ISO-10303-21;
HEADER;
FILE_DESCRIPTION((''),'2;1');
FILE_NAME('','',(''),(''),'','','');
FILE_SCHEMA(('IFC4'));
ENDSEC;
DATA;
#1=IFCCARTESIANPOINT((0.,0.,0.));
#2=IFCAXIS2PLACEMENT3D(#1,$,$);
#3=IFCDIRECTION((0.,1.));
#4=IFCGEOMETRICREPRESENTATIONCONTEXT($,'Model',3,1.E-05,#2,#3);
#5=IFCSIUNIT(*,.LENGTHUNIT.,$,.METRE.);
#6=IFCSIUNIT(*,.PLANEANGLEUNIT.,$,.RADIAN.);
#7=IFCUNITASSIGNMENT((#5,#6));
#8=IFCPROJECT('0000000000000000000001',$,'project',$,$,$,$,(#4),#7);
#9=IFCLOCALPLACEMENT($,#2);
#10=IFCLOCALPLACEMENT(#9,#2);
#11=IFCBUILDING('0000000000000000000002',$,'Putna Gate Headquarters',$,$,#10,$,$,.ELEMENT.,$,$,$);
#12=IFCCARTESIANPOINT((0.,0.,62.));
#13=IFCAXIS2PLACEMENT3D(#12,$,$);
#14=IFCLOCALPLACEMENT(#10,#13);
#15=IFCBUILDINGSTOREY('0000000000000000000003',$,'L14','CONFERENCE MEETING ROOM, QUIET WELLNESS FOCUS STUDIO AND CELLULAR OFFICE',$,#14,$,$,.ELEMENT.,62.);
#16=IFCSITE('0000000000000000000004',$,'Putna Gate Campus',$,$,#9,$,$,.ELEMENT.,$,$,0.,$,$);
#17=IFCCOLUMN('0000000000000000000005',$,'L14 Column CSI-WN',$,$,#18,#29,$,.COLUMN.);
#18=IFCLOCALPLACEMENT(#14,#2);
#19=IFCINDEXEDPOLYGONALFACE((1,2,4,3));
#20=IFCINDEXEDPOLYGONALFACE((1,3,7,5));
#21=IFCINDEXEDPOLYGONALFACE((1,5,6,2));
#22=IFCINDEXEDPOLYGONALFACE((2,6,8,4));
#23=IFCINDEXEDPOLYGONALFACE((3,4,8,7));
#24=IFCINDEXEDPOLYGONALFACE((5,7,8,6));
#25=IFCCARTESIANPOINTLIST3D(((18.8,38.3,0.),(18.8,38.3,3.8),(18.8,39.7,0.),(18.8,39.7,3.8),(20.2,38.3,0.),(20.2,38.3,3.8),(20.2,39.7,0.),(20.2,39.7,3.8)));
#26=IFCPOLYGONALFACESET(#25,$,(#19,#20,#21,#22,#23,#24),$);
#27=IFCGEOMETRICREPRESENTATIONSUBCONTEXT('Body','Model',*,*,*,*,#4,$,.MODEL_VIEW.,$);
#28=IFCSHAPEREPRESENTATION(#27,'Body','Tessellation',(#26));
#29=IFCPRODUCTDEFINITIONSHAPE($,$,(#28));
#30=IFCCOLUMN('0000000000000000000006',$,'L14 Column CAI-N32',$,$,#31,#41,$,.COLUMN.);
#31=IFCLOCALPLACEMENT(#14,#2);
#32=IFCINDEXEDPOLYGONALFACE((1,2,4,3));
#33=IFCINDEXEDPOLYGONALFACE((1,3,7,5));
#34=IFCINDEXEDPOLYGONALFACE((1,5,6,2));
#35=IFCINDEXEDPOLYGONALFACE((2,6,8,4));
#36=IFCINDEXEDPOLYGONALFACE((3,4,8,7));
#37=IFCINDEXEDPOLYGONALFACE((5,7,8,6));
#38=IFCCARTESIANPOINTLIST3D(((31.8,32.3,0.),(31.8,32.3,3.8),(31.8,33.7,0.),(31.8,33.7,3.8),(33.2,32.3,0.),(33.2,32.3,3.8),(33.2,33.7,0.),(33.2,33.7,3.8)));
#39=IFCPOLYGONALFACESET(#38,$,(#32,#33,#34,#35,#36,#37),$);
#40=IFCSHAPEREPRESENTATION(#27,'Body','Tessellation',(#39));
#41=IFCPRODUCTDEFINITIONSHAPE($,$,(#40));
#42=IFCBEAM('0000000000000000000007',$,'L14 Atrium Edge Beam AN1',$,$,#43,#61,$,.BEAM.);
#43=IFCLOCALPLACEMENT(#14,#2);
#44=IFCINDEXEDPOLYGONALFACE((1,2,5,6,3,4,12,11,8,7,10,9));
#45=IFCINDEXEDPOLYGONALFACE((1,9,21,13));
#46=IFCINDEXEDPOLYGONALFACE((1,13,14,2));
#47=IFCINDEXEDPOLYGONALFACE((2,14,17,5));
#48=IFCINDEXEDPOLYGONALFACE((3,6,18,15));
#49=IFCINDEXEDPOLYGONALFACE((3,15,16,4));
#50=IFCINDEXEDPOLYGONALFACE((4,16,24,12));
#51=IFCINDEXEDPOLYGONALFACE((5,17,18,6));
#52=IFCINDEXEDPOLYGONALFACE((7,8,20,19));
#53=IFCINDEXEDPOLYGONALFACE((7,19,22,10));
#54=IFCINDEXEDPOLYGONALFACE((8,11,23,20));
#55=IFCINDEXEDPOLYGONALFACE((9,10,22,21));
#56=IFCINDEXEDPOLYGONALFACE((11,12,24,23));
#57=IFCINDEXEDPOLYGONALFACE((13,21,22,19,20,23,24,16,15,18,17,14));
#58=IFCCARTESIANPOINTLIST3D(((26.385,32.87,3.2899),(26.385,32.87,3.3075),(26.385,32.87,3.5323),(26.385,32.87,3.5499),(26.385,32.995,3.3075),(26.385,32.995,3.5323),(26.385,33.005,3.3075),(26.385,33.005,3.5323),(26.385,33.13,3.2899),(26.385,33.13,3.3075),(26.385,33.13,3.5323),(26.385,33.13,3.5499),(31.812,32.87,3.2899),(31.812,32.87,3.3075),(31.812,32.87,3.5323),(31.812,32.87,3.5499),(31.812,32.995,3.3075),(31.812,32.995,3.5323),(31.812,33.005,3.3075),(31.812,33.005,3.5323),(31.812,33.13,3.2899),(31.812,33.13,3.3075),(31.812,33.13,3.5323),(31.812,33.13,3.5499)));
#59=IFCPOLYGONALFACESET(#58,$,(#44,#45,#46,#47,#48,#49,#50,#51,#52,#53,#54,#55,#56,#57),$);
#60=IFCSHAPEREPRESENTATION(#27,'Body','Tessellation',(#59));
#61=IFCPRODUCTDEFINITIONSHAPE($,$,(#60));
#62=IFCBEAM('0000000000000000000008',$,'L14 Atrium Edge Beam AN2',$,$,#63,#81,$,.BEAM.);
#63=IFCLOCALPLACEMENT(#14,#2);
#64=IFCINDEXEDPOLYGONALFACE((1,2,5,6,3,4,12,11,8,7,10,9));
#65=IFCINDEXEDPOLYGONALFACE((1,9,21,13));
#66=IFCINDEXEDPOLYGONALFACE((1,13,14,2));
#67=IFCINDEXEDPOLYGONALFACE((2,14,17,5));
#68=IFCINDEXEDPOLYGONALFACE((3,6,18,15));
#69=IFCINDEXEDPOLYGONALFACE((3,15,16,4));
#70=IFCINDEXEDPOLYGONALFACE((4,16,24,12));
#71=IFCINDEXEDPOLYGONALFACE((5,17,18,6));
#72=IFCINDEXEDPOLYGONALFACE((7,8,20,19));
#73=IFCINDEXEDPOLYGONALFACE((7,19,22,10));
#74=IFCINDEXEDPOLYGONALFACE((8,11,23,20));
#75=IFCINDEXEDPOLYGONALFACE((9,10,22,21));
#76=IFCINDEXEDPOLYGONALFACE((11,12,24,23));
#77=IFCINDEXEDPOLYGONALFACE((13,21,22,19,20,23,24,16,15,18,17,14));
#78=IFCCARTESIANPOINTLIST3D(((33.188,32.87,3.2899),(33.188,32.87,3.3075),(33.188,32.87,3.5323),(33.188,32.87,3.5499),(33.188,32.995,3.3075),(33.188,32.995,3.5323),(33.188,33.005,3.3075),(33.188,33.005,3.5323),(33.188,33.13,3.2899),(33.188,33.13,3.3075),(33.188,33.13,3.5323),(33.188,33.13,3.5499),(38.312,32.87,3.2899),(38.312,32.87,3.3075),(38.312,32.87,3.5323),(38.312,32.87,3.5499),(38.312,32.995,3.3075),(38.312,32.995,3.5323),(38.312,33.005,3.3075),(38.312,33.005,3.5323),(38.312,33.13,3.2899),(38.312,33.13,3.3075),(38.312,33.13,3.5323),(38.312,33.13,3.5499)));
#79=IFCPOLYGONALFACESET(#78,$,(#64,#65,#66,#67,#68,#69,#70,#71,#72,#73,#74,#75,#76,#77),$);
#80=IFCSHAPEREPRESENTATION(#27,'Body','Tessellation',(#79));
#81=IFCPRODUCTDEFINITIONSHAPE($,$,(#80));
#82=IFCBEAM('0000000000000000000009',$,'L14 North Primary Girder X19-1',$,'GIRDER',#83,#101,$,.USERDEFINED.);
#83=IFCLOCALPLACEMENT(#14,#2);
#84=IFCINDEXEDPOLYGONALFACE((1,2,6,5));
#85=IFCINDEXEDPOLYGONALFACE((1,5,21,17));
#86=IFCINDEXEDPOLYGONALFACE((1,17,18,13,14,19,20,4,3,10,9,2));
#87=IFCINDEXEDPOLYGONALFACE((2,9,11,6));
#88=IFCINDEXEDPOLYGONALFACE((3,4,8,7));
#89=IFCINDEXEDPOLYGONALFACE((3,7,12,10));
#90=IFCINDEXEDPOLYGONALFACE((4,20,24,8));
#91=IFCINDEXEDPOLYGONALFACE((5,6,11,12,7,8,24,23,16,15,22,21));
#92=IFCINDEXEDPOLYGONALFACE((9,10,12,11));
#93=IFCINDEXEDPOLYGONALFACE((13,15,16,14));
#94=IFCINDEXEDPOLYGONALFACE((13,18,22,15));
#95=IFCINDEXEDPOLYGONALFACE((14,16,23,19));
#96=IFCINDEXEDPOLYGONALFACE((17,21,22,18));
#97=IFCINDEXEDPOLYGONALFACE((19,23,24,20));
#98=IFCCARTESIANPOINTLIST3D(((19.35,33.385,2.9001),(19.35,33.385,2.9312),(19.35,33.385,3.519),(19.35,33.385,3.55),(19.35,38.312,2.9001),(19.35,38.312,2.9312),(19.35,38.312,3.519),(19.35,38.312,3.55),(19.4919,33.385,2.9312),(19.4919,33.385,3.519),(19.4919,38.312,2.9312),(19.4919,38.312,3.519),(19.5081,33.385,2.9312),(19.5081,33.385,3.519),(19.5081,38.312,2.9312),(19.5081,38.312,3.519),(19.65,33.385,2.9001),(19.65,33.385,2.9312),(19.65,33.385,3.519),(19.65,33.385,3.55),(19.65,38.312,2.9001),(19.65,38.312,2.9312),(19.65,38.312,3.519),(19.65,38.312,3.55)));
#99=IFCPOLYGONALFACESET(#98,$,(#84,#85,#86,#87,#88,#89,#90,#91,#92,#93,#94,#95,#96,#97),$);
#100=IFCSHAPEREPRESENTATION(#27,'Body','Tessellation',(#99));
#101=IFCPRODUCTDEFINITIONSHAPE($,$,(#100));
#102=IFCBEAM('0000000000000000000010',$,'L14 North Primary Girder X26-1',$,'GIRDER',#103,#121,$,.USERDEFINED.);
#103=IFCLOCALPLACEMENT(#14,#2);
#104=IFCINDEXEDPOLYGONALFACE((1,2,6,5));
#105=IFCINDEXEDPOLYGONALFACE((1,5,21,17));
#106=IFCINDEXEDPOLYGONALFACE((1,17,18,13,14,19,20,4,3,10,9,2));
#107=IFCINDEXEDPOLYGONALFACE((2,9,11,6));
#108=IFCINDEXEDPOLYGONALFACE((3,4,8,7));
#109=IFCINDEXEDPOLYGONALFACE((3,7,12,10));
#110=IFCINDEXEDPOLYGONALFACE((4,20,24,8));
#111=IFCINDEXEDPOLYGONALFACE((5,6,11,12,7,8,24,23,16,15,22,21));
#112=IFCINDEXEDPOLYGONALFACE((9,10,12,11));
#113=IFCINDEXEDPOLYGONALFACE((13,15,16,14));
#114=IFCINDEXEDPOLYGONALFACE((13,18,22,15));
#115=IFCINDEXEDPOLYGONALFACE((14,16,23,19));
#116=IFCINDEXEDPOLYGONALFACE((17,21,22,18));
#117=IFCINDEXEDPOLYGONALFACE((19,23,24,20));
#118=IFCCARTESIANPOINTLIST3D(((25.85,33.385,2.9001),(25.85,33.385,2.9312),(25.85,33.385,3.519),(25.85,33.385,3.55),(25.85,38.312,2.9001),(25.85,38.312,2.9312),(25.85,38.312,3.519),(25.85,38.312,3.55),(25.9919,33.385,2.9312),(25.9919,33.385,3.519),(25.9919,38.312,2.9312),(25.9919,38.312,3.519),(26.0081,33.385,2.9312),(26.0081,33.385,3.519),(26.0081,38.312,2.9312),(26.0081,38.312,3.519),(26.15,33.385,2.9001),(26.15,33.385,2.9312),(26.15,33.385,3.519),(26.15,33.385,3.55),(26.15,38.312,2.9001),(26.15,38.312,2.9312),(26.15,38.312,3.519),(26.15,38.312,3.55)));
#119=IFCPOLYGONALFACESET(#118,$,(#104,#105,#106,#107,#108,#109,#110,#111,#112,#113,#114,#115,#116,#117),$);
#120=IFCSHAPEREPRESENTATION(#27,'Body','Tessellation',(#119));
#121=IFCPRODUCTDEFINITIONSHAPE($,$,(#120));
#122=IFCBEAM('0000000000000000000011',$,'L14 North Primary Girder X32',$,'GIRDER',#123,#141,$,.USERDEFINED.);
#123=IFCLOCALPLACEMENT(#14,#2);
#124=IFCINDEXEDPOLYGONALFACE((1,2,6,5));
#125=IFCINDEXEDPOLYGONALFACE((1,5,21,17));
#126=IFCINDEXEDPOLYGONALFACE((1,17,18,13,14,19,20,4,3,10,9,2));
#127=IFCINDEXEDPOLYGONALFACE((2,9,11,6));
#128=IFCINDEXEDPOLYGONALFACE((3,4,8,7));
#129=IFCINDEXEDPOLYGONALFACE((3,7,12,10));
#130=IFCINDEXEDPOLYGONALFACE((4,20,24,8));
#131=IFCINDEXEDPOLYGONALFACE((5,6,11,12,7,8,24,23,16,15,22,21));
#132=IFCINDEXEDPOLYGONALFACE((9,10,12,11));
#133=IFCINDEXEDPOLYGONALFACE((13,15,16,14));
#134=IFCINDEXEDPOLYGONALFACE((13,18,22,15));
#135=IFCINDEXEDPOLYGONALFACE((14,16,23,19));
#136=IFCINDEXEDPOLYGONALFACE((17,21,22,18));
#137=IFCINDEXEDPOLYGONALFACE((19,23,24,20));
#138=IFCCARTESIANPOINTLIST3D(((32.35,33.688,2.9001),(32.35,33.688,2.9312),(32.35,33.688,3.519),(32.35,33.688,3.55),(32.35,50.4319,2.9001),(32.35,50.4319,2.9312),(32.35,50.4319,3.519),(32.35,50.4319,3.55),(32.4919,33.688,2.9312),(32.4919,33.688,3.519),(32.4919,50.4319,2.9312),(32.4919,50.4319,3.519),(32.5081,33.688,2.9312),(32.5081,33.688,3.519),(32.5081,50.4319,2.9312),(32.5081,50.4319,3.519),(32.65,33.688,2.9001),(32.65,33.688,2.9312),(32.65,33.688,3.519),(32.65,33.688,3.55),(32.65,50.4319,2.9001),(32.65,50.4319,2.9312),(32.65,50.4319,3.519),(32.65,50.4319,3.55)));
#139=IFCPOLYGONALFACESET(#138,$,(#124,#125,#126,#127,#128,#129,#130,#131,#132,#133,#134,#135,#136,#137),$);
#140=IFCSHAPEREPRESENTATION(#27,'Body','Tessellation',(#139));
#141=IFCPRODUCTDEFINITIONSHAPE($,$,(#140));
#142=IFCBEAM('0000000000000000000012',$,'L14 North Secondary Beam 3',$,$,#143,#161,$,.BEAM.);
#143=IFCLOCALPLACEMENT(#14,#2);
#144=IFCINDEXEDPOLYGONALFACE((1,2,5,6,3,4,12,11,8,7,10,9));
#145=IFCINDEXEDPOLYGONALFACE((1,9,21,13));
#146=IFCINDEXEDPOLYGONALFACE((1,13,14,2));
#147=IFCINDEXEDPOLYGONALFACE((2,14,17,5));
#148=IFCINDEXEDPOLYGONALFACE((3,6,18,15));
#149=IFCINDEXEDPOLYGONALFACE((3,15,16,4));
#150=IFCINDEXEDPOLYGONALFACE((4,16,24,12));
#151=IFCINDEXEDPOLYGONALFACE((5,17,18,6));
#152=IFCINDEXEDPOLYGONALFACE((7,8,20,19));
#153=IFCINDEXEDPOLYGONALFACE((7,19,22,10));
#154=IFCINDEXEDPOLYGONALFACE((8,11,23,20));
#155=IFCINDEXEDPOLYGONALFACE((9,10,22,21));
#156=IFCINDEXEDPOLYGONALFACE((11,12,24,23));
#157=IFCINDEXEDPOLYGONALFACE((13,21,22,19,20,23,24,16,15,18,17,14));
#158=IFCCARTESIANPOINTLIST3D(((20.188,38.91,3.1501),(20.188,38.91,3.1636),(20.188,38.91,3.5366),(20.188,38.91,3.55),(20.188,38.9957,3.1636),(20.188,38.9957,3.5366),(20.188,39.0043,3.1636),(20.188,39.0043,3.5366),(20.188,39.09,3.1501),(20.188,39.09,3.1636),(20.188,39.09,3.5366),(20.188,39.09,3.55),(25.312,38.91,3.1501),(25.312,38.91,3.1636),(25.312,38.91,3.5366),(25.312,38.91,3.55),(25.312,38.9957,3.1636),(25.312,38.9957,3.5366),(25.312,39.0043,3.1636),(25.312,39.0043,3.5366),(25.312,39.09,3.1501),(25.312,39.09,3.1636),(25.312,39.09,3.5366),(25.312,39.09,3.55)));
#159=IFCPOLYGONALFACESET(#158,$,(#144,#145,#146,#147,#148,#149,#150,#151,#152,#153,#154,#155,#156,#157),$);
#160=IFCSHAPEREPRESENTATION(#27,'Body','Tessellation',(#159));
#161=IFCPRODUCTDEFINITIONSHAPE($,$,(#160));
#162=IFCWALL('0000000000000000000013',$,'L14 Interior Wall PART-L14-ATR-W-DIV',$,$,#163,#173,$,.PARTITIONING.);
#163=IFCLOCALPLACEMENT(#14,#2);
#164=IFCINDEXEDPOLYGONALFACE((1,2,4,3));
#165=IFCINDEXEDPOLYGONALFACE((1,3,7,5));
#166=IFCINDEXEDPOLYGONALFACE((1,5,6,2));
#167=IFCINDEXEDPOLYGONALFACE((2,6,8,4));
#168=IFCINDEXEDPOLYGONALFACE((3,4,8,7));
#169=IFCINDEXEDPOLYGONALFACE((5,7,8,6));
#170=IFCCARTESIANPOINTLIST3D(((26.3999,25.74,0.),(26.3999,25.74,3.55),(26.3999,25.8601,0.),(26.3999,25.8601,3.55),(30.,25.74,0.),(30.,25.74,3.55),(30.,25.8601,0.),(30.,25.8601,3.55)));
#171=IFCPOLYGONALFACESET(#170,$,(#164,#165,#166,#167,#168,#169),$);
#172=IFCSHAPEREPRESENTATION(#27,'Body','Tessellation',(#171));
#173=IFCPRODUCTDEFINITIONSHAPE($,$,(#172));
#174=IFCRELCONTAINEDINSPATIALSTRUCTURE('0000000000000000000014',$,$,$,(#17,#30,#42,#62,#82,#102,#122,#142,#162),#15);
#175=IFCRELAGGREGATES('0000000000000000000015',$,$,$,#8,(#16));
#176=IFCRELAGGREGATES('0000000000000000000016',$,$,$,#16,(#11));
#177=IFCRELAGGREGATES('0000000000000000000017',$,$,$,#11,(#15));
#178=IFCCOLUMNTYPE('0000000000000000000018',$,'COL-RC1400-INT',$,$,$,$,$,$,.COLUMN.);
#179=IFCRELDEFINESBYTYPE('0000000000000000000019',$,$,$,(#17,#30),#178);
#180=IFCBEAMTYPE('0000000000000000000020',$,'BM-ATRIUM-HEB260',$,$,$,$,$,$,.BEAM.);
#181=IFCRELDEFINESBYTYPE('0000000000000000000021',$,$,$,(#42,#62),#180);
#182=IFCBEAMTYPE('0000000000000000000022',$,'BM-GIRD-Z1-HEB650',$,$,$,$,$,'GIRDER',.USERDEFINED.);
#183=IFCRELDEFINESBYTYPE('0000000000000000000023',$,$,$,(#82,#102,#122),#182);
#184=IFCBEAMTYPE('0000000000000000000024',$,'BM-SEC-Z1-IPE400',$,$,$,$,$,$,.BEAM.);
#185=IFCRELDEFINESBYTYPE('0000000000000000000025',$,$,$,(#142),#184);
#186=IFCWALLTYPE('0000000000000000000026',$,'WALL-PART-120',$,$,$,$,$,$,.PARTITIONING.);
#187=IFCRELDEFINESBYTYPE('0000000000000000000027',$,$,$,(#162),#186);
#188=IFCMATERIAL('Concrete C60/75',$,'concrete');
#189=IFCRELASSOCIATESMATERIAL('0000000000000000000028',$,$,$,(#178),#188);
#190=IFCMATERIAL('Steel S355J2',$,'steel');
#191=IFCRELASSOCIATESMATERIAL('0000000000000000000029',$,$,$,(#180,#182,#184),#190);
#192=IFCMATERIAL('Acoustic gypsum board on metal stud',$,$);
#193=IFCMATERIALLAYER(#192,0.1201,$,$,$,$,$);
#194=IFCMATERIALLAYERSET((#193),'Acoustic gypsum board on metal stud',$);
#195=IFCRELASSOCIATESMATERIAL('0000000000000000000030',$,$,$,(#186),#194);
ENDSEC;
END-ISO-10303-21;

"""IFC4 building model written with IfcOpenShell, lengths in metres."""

from ifc_helpers import new_model, si_unit, direction, frame, frame_2d, origin, origin_2d, place, context, subcontext, project, spatial, rectangle, i_section, extrude, material, layer, layer_set, material_profile, profile_set, type_object, element, save


model = new_model("IFC4")

# Units and contexts
model_context = context("Model", 3, precision=1e-05, world=origin(), true_north=direction((0.0, 1.0)))
body_context = subcontext(model_context, "Body", "Model", "MODEL_VIEW")
ifc_project = project(units=[si_unit("LENGTHUNIT", "METRE"), si_unit("PLANEANGLEUNIT", "RADIAN")], contexts=[model_context])

# Site, building, storey
site_placement = place(None, origin())
site = spatial("IfcSite", under=ifc_project, at=site_placement, Name="Putna Gate Campus", CompositionType="ELEMENT", RefElevation=0.0)
building_placement = place(site_placement, origin())
building = spatial("IfcBuilding", under=site, at=building_placement, Name="Putna Gate Headquarters", CompositionType="ELEMENT")
storey_placement = place(building_placement, frame((0.0, 0.0, 62.0)))
storey = spatial("IfcBuildingStorey", under=building, at=storey_placement, Name="L14", Description="CONFERENCE MEETING ROOM, QUIET WELLNESS FOCUS STUDIO AND CELLULAR OFFICE", CompositionType="ELEMENT", Elevation=62.0)

# Columns
ifc_material_1 = material(Name="Concrete C60/75", Category="concrete")
ifc_material_profile_1 = material_profile(ifc_material_1, rectangle(XDim=1.3999, YDim=1.3999, at=origin_2d()), Name="Concrete C60/75")
ifc_profile_set_1 = profile_set([ifc_material_profile_1], Name="Concrete C60/75")
column_type = type_object("IfcColumnType", Name="COL-RC1400-INT", PredefinedType="COLUMN", material=ifc_profile_set_1)
for number, where, z_axis, x_axis, name in (
    (1, (19.5, 39.0, 0.0), (0.0, 0.0, 1.0), (1.0, 0.0, 0.0), "L14 Column CSI-WN"),
    (2, (32.5, 33.0, 0.0), (0.0, 0.0, 1.0), (1.0, 0.0, 0.0), "L14 Column CAI-N32"),
):
    element("IfcColumn", number, at=place(storey_placement, frame(where, z_axis=z_axis, x_axis=x_axis)), inside=storey, type_object=column_type, Name=name, PredefinedType="COLUMN", context=body_context, shape_type="SweptSolid", body=[
        extrude(rectangle(XDim=1.3999, YDim=1.3999, at=origin_2d()), origin(), (0.0, 0.0, 1.0), 3.8),
    ])

# Beams
ifc_material_2 = material(Name="Steel S355J2", Category="steel")
ifc_material_profile_2 = material_profile(ifc_material_2, i_section(OverallWidth=0.26, OverallDepth=0.26, WebThickness=0.01, FlangeThickness=0.0176, at=origin_2d()), Name="Steel S355J2")
ifc_profile_set_2 = profile_set([ifc_material_profile_2], Name="Steel S355J2")
beam_type_1 = type_object("IfcBeamType", Name="BM-ATRIUM-HEB260", PredefinedType="BEAM", material=ifc_profile_set_2)
beam_1_placement = place(storey_placement, frame((26.385, 33.0, 3.4199), z_axis=(1.0, 0.0, 0.0), x_axis=(0.0, 1.0, 0.0)))
element("IfcBeam", 3, at=beam_1_placement, inside=storey, type_object=beam_type_1, Name="L14 Atrium Edge Beam AN1", PredefinedType="BEAM", context=body_context, shape_type="SweptSolid", body=[
    extrude(i_section(OverallWidth=0.26, OverallDepth=0.26, WebThickness=0.01, FlangeThickness=0.0176, at=origin_2d()), origin(), (0.0, 0.0, 1.0), 5.427),
])
beam_2_placement = place(storey_placement, frame((33.188, 33.0, 3.4199), z_axis=(1.0, 0.0, 0.0), x_axis=(0.0, 1.0, 0.0)))
element("IfcBeam", 4, at=beam_2_placement, inside=storey, type_object=beam_type_1, Name="L14 Atrium Edge Beam AN2", PredefinedType="BEAM", context=body_context, shape_type="SweptSolid", body=[
    extrude(i_section(OverallWidth=0.26, OverallDepth=0.26, WebThickness=0.01, FlangeThickness=0.0176, at=origin_2d()), origin(), (0.0, 0.0, 1.0), 5.124),
])
ifc_material_profile_3 = material_profile(ifc_material_2, i_section(OverallWidth=0.3, OverallDepth=0.6499, WebThickness=0.0161, FlangeThickness=0.031, at=origin_2d()), Name="Steel S355J2")
ifc_profile_set_3 = profile_set([ifc_material_profile_3], Name="Steel S355J2")
beam_type_2 = type_object("IfcBeamType", Name="BM-GIRD-Z1-HEB650", ElementType="GIRDER", PredefinedType="USERDEFINED", material=ifc_profile_set_3)
for number, where, z_axis, x_axis, name in (
    (5, (19.5, 33.385, 3.2251), (0.0, 1.0, 0.0), (-1.0, 0.0, 0.0), "L14 North Primary Girder X19-1"),
    (6, (26.0, 33.385, 3.2251), (0.0, 1.0, 0.0), (-1.0, 0.0, 0.0), "L14 North Primary Girder X26-1"),
):
    element("IfcBeam", number, at=place(storey_placement, frame(where, z_axis=z_axis, x_axis=x_axis)), inside=storey, type_object=beam_type_2, Name=name, ObjectType="GIRDER", PredefinedType="USERDEFINED", context=body_context, shape_type="SweptSolid", body=[
        extrude(i_section(OverallWidth=0.3, OverallDepth=0.6499, WebThickness=0.0161, FlangeThickness=0.031, at=origin_2d()), origin(), (0.0, 0.0, 1.0), 4.927),
    ])
beam_3_placement = place(storey_placement, frame((32.5, 33.688, 3.2251), z_axis=(0.0, 1.0, 0.0), x_axis=(-1.0, 0.0, 0.0)))
element("IfcBeam", 7, at=beam_3_placement, inside=storey, type_object=beam_type_2, Name="L14 North Primary Girder X32", ObjectType="GIRDER", PredefinedType="USERDEFINED", context=body_context, shape_type="SweptSolid", body=[
    extrude(i_section(OverallWidth=0.3, OverallDepth=0.6499, WebThickness=0.0161, FlangeThickness=0.031, at=origin_2d()), origin(), (0.0, 0.0, 1.0), 16.7439),
])
ifc_material_profile_4 = material_profile(ifc_material_2, i_section(OverallWidth=0.1799, OverallDepth=0.3999, WebThickness=0.0085, FlangeThickness=0.0134, at=origin_2d()), Name="Steel S355J2")
ifc_profile_set_4 = profile_set([ifc_material_profile_4], Name="Steel S355J2")
beam_type_3 = type_object("IfcBeamType", Name="BM-SEC-Z1-IPE400", PredefinedType="BEAM", material=ifc_profile_set_4)
beam_4_placement = place(storey_placement, frame((20.188, 39.0, 3.3501), z_axis=(1.0, 0.0, 0.0), x_axis=(0.0, 1.0, 0.0)))
element("IfcBeam", 8, at=beam_4_placement, inside=storey, type_object=beam_type_3, Name="L14 North Secondary Beam 3", PredefinedType="BEAM", context=body_context, shape_type="SweptSolid", body=[
    extrude(i_section(OverallWidth=0.1799, OverallDepth=0.3999, WebThickness=0.0085, FlangeThickness=0.0134, at=origin_2d()), origin(), (0.0, 0.0, 1.0), 5.124),
])

# Wall
ifc_material_3 = material(Name="Acoustic gypsum board on metal stud")
ifc_layer_1 = layer(ifc_material_3, 0.1201)
ifc_layer_set_1 = layer_set([ifc_layer_1], Name="Acoustic gypsum board on metal stud")
wall_type_1 = type_object("IfcWallType", Name="WALL-PART-120", PredefinedType="PARTITIONING", material=ifc_layer_set_1)
wall_1_placement = place(storey_placement, frame((26.3999, 25.8, 0.0), z_axis=(0.0, 0.0, 1.0), x_axis=(1.0, 0.0, 0.0)))
element("IfcWall", 9, at=wall_1_placement, inside=storey, type_object=wall_type_1, Name="L14 Interior Wall PART-L14-ATR-W-DIV", PredefinedType="PARTITIONING", context=body_context, shape_type="SweptSolid", body=[
    extrude(rectangle(XDim=3.6001, YDim=0.1201, at=frame_2d((1.8, 0.0))), origin(), (0.0, 0.0, 1.0), 3.55),
])

save(model, "model.ifc")
